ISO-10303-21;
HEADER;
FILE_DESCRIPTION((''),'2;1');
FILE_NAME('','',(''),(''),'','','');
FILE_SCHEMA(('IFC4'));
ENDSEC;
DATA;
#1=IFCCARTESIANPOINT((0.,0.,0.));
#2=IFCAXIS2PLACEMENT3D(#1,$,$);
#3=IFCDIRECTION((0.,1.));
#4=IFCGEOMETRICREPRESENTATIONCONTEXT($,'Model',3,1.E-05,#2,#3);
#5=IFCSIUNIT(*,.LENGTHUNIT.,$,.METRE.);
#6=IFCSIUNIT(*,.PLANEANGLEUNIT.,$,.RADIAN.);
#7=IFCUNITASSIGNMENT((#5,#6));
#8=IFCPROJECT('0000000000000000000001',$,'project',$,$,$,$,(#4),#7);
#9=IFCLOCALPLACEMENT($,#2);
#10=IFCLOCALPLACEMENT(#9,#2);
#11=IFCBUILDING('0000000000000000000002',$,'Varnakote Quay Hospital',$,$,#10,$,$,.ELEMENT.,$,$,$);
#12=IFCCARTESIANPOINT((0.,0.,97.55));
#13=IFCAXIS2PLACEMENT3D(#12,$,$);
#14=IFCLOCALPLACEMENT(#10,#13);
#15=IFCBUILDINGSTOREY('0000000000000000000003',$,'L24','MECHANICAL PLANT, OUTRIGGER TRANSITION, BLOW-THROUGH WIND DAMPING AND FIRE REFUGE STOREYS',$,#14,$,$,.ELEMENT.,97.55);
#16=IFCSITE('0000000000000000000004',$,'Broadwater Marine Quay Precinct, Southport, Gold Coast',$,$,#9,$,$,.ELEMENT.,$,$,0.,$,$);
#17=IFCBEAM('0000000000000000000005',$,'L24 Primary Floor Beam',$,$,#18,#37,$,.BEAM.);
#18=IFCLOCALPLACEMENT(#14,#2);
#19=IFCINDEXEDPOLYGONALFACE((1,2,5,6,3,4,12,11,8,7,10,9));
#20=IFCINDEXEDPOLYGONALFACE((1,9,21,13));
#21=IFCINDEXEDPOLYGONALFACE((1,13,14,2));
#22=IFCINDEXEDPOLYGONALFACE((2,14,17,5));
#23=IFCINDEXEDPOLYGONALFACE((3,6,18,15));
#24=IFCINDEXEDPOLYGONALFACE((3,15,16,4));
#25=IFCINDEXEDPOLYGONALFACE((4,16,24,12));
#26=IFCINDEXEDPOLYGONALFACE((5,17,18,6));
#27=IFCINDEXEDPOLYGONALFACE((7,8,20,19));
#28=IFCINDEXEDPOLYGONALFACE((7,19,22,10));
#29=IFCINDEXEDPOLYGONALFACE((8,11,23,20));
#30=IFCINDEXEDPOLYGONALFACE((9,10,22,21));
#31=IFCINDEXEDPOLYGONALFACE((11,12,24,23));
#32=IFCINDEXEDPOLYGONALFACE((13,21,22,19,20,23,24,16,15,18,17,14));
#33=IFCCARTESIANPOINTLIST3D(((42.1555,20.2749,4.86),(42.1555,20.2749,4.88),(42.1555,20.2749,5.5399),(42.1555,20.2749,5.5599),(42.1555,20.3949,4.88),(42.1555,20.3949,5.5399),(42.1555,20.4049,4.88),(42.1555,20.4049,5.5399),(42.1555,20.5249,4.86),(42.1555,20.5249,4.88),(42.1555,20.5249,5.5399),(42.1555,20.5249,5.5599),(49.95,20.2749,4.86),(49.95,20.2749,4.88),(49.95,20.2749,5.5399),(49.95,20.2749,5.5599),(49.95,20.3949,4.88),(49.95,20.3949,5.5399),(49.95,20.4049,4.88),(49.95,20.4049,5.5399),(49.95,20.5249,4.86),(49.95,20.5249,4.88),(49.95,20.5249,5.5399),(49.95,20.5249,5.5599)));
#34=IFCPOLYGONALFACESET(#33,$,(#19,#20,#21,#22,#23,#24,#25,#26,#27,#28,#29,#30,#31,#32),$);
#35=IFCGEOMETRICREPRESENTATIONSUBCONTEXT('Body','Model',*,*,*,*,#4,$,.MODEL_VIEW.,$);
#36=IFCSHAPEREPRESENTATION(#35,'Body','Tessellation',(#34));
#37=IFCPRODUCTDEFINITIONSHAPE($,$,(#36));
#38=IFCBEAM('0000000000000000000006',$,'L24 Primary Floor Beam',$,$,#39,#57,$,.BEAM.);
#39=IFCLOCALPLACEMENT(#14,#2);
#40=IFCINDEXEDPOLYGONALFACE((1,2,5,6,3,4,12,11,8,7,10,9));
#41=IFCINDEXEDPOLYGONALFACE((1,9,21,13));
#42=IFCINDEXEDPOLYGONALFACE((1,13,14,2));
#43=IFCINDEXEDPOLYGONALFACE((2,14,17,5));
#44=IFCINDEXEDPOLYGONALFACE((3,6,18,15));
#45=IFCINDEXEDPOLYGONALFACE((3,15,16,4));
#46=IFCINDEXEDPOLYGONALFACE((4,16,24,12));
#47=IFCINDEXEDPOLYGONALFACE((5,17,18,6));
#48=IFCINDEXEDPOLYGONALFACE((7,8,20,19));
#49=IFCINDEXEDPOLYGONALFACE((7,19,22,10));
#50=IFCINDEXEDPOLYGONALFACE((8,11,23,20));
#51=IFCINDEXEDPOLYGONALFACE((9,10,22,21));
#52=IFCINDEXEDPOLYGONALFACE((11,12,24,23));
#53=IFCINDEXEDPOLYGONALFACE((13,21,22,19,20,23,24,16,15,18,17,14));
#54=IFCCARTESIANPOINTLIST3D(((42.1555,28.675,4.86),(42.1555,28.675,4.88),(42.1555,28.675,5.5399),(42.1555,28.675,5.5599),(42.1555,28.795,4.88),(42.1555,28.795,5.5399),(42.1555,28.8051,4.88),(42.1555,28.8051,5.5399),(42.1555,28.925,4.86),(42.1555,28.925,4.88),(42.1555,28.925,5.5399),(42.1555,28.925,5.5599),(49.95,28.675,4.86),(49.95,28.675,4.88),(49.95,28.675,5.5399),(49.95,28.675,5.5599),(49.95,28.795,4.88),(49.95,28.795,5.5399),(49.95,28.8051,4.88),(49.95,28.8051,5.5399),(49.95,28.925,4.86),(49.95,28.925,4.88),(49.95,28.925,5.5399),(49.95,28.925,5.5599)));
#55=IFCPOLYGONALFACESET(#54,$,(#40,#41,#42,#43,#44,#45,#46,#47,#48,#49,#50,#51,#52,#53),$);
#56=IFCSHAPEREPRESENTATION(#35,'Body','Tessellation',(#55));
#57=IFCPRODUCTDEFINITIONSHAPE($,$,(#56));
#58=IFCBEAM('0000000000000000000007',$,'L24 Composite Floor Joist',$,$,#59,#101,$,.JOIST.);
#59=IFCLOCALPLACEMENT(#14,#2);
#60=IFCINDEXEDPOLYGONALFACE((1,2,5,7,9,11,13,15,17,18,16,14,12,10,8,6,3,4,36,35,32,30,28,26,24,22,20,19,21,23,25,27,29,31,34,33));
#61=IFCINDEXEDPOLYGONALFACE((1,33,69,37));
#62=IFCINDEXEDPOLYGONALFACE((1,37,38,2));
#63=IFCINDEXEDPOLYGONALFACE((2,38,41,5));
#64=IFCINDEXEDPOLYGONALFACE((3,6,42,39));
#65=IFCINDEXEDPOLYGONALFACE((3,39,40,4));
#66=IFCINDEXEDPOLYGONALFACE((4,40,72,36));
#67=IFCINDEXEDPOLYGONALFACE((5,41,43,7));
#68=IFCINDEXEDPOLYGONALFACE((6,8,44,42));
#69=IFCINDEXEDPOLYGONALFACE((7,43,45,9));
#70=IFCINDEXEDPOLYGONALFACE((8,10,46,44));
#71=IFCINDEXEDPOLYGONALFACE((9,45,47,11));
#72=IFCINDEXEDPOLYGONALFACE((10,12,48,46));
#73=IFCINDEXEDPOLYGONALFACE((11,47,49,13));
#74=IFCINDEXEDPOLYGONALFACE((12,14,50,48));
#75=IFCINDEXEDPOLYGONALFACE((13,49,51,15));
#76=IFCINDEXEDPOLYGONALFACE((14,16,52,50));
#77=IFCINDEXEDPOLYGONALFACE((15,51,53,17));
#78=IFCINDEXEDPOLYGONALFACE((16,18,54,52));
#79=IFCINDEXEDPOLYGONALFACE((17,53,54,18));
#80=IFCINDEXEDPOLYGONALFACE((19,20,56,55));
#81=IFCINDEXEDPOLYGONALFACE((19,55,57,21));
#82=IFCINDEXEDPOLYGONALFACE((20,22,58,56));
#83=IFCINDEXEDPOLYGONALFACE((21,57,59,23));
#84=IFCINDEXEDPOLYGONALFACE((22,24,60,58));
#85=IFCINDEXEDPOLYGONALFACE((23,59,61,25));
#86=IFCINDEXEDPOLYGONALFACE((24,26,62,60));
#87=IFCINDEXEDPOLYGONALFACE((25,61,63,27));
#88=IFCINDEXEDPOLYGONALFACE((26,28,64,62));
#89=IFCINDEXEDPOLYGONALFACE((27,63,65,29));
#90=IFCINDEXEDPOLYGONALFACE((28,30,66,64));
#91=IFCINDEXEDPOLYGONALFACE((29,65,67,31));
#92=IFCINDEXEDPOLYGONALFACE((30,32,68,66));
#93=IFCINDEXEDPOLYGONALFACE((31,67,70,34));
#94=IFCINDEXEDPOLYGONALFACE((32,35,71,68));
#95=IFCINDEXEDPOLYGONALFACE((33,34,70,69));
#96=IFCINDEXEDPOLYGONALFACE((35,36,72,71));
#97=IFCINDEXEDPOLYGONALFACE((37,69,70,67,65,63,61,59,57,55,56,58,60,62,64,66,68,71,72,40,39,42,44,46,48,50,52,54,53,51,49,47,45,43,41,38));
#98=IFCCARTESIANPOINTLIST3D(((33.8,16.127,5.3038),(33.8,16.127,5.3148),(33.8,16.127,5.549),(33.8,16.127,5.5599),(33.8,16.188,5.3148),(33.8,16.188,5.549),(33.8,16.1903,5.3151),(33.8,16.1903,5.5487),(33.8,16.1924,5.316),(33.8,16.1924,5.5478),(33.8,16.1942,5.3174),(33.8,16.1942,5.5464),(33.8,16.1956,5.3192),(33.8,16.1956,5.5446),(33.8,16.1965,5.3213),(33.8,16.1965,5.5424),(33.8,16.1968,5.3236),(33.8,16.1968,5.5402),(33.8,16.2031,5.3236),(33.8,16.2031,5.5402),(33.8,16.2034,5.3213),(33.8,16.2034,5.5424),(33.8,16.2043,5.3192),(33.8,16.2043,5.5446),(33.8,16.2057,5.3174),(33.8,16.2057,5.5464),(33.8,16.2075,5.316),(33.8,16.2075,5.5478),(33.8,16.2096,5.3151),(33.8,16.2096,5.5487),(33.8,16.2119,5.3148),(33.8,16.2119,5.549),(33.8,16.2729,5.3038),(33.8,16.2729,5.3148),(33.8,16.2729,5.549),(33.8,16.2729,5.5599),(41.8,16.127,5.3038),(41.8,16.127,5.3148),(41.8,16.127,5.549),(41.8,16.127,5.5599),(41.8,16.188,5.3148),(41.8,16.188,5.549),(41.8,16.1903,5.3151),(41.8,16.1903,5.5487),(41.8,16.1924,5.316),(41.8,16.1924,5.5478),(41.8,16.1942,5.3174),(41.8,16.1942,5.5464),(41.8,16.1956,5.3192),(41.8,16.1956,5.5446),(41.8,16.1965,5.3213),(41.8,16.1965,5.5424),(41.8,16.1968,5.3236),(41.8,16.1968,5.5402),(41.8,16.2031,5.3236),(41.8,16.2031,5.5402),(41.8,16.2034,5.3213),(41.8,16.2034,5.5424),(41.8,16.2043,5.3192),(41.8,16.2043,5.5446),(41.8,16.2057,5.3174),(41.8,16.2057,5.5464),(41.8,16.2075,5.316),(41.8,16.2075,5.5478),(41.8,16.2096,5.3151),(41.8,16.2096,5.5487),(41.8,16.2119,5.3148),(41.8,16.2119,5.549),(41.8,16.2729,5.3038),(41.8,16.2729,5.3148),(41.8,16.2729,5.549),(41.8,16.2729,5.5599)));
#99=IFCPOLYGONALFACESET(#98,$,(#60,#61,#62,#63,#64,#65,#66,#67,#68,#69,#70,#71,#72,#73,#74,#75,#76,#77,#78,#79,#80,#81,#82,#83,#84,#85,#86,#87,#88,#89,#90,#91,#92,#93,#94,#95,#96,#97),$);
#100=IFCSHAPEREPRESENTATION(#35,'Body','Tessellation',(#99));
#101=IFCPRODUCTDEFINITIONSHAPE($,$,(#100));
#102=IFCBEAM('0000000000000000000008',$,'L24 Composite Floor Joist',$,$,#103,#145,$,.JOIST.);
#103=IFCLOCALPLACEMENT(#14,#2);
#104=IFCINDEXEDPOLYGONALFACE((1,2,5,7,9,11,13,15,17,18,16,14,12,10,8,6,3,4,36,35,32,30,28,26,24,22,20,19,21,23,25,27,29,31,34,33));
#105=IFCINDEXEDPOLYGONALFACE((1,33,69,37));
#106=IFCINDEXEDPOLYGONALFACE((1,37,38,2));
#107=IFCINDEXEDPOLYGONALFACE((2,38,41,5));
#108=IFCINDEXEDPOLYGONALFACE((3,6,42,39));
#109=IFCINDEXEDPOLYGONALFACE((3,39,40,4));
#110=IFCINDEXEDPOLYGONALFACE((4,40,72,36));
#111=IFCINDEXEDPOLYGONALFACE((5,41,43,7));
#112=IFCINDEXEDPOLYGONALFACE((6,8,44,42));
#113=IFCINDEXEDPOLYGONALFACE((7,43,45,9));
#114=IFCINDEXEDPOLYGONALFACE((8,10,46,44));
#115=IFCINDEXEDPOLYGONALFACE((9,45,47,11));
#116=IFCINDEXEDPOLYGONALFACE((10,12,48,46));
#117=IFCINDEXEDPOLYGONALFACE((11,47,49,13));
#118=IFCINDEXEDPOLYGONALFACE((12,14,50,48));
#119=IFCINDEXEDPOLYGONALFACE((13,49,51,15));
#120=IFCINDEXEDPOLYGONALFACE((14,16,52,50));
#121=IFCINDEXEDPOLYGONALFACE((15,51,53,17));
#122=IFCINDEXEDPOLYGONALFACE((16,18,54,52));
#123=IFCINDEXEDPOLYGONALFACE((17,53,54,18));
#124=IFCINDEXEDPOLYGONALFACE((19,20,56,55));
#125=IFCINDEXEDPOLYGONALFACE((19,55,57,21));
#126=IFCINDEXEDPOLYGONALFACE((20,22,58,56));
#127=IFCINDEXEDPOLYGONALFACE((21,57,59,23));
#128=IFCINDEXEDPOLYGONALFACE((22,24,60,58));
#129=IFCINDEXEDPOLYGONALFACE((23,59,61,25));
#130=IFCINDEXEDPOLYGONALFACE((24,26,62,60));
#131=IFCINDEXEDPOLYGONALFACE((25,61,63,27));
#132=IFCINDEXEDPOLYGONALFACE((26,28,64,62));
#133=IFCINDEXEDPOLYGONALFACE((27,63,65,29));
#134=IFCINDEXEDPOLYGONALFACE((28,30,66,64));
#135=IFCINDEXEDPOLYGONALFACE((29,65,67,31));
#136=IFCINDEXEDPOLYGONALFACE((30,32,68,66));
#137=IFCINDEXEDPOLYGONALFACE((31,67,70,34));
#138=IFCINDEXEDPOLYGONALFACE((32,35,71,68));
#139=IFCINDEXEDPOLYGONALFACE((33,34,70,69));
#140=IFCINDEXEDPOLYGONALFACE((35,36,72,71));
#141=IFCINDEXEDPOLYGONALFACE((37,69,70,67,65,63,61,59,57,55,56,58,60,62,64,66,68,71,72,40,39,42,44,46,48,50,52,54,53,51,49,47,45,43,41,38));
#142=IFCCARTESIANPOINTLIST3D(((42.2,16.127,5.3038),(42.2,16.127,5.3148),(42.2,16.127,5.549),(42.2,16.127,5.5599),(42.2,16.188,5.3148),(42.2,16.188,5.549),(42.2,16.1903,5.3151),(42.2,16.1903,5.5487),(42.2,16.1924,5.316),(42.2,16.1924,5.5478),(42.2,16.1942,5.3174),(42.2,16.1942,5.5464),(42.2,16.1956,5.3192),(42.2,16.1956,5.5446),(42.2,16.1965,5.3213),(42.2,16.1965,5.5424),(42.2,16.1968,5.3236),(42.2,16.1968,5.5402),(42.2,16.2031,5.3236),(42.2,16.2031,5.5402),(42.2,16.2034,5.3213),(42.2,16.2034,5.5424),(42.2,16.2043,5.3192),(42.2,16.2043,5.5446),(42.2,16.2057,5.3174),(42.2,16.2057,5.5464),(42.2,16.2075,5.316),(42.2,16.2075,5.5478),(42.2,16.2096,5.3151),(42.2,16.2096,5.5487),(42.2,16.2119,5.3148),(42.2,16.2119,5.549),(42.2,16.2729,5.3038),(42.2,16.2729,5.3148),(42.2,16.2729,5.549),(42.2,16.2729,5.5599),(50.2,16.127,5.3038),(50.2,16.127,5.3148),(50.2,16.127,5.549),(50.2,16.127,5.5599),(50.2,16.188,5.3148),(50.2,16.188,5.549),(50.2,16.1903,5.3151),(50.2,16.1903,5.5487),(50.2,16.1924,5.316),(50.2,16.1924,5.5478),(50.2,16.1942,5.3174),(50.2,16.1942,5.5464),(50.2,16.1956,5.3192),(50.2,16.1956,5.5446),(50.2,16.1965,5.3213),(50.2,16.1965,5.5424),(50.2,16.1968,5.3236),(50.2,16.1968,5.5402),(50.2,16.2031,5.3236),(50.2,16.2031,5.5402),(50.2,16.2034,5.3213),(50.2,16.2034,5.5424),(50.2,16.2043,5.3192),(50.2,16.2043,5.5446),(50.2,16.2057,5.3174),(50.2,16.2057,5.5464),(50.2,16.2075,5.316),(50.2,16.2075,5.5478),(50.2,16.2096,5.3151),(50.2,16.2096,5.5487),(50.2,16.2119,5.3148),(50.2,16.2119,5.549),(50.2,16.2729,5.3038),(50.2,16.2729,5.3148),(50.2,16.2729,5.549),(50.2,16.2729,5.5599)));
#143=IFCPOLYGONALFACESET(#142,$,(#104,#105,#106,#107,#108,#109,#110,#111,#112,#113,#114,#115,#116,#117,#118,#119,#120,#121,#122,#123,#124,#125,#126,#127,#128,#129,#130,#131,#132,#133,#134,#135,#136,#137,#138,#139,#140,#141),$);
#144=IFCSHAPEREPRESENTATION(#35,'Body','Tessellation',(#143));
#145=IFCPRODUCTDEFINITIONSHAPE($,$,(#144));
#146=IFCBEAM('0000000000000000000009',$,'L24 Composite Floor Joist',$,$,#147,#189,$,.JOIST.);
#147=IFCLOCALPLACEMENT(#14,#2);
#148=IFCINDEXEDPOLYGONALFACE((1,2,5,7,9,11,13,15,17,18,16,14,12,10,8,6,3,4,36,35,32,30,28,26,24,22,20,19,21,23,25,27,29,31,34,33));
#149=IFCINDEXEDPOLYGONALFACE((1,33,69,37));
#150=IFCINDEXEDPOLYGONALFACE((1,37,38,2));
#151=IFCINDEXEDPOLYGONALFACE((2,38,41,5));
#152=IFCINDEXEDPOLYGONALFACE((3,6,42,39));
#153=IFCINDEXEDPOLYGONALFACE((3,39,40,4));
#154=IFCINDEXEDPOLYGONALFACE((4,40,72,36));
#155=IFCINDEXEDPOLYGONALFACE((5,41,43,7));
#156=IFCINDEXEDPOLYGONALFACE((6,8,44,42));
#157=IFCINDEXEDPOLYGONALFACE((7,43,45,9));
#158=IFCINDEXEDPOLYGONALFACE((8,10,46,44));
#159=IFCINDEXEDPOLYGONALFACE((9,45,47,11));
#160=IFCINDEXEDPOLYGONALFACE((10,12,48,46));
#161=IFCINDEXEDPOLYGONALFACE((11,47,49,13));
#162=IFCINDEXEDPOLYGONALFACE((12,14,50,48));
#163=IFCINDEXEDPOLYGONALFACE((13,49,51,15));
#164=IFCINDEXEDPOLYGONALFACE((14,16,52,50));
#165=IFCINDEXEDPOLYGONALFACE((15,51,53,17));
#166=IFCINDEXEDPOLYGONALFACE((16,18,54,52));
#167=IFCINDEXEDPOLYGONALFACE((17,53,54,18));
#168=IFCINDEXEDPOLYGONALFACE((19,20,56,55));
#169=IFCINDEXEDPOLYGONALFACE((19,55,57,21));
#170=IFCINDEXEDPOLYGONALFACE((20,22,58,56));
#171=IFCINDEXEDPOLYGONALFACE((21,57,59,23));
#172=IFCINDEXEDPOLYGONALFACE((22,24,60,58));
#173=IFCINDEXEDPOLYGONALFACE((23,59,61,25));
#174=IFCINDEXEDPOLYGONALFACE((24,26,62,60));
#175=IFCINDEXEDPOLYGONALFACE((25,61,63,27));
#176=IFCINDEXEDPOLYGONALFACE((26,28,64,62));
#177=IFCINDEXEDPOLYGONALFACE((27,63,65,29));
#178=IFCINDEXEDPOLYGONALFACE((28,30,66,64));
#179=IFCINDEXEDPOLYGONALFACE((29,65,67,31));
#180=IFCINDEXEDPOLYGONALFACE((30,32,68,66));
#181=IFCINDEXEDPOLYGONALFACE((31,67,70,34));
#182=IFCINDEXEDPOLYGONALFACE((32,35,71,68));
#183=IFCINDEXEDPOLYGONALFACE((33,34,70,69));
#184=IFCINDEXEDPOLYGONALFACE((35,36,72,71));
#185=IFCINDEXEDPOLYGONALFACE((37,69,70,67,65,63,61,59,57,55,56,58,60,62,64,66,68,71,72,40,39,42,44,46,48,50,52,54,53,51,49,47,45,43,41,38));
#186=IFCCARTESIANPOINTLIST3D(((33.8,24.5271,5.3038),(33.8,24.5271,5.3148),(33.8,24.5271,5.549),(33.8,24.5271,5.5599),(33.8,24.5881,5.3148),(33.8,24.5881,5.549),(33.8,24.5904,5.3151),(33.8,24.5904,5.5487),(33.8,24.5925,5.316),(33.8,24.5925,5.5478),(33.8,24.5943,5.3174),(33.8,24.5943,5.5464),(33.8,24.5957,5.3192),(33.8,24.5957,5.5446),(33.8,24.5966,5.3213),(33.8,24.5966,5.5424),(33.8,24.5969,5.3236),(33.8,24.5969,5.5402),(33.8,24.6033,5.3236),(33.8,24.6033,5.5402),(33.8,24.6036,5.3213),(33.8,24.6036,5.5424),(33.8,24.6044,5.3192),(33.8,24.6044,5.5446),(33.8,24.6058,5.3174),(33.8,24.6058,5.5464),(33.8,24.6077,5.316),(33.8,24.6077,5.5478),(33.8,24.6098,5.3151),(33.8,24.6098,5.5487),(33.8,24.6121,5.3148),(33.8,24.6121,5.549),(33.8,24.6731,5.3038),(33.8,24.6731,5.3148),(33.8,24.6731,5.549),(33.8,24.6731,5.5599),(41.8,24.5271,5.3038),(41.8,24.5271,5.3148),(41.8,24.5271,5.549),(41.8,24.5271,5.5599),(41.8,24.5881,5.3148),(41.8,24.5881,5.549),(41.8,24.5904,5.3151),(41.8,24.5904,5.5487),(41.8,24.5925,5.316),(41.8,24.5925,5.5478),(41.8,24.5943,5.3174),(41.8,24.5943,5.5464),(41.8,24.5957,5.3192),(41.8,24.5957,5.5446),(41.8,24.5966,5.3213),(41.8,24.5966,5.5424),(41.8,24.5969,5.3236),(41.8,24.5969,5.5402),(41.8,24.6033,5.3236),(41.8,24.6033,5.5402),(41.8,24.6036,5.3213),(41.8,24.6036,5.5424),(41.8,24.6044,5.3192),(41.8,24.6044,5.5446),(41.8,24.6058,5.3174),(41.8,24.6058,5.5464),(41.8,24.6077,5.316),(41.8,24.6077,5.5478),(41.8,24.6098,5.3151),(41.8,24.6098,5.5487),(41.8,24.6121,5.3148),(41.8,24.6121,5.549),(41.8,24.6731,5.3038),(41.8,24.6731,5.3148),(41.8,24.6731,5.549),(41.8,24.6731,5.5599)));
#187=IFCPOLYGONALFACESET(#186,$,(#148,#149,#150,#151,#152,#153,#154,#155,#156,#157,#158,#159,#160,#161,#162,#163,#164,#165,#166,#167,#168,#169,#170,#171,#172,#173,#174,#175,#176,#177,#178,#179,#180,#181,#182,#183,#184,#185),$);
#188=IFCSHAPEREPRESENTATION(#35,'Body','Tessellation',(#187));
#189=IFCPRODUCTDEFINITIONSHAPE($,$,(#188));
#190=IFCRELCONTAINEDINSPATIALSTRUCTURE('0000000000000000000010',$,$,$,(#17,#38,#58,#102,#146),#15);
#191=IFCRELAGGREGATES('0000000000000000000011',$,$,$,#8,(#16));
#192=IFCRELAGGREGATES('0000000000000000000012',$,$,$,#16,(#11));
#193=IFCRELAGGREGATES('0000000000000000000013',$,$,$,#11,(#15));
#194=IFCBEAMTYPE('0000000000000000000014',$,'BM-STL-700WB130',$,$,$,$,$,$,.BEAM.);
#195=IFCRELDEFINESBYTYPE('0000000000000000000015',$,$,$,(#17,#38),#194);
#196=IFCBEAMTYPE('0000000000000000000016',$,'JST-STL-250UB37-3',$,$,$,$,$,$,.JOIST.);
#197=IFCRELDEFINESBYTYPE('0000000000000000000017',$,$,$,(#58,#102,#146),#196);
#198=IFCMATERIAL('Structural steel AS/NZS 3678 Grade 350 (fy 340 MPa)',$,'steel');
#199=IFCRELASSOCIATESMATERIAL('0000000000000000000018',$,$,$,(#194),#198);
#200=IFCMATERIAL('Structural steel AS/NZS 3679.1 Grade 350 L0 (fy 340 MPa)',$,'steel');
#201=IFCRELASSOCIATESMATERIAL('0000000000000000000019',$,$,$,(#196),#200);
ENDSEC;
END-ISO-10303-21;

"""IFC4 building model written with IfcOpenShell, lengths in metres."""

from ifc_helpers import new_model, si_unit, direction, frame, origin, origin_2d, place, context, subcontext, project, spatial, i_section, extrude, material, material_profile, profile_set, type_object, element, save


model = new_model("IFC4")

# Units and contexts
model_context = context("Model", 3, precision=1e-05, world=origin(), true_north=direction((0.0, 1.0)))
body_context = subcontext(model_context, "Body", "Model", "MODEL_VIEW")
ifc_project = project(units=[si_unit("LENGTHUNIT", "METRE"), si_unit("PLANEANGLEUNIT", "RADIAN")], contexts=[model_context])

# Site, building, storey
site_placement = place(None, origin())
site = spatial("IfcSite", under=ifc_project, at=site_placement, Name="Broadwater Marine Quay Precinct, Southport, Gold Coast", CompositionType="ELEMENT", RefElevation=0.0)
building_placement = place(site_placement, origin())
building = spatial("IfcBuilding", under=site, at=building_placement, Name="Varnakote Quay Hospital", CompositionType="ELEMENT")
storey_placement = place(building_placement, frame((0.0, 0.0, 97.55)))
storey = spatial("IfcBuildingStorey", under=building, at=storey_placement, Name="L24", Description="MECHANICAL PLANT, OUTRIGGER TRANSITION, BLOW-THROUGH WIND DAMPING AND FIRE REFUGE STOREYS", CompositionType="ELEMENT", Elevation=97.55)

# Beams
ifc_material_1 = material(Name="Structural steel AS/NZS 3678 Grade 350 (fy 340 MPa)", Category="steel")
ifc_material_profile_1 = material_profile(ifc_material_1, i_section(OverallWidth=0.25, OverallDepth=0.7, WebThickness=0.01, FlangeThickness=0.02, at=origin_2d()), Name="700WB130")
ifc_profile_set_1 = profile_set([ifc_material_profile_1], Name="Structural steel AS/NZS 3678 Grade 350 (fy 340 MPa)")
beam_type_1 = type_object("IfcBeamType", Name="BM-STL-700WB130", PredefinedType="BEAM", material=ifc_profile_set_1)
for number, where, z_axis, x_axis, name in (
    (1, (42.1555, 20.3999, 5.21), (1.0, 0.0, 0.0), (0.0, 1.0, 0.0), "L24 Primary Floor Beam"),
    (2, (42.1555, 28.8, 5.21), (1.0, 0.0, 0.0), (0.0, 1.0, 0.0), "L24 Primary Floor Beam"),
):
    element("IfcBeam", number, at=place(storey_placement, frame(where, z_axis=z_axis, x_axis=x_axis)), inside=storey, type_object=beam_type_1, Name=name, PredefinedType="BEAM", context=body_context, shape_type="SweptSolid", body=[
        extrude(i_section(OverallWidth=0.25, OverallDepth=0.7, WebThickness=0.01, FlangeThickness=0.02, at=origin_2d()), origin(), (0.0, 0.0, 1.0), 7.7944),
    ])
ifc_material_2 = material(Name="Structural steel AS/NZS 3679.1 Grade 350 L0 (fy 340 MPa)", Category="steel")
ifc_material_profile_2 = material_profile(ifc_material_2, i_section(OverallWidth=0.146, OverallDepth=0.2561, WebThickness=0.0063, FlangeThickness=0.011, FilletRadius=0.0088, at=origin_2d()), Name="250UB37.3")
ifc_profile_set_2 = profile_set([ifc_material_profile_2], Name="Structural steel AS/NZS 3679.1 Grade 350 L0 (fy 340 MPa)")
beam_type_2 = type_object("IfcBeamType", Name="JST-STL-250UB37-3", PredefinedType="JOIST", material=ifc_profile_set_2)
for number, where, z_axis, x_axis, name in (
    (3, (33.8, 16.2, 5.4319), (1.0, 0.0, 0.0), (0.0, 1.0, 0.0), "L24 Composite Floor Joist"),
    (4, (42.2, 16.2, 5.4319), (1.0, 0.0, 0.0), (0.0, 1.0, 0.0), "L24 Composite Floor Joist"),
    (5, (33.8, 24.6001, 5.4319), (1.0, 0.0, 0.0), (0.0, 1.0, 0.0), "L24 Composite Floor Joist"),
):
    element("IfcBeam", number, at=place(storey_placement, frame(where, z_axis=z_axis, x_axis=x_axis)), inside=storey, type_object=beam_type_2, Name=name, PredefinedType="JOIST", context=body_context, shape_type="SweptSolid", body=[
        extrude(i_section(OverallWidth=0.146, OverallDepth=0.2561, WebThickness=0.0063, FlangeThickness=0.011, FilletRadius=0.0088, at=origin_2d()), origin(), (0.0, 0.0, 1.0), 8.0),
    ])

save(model, "model.ifc")
